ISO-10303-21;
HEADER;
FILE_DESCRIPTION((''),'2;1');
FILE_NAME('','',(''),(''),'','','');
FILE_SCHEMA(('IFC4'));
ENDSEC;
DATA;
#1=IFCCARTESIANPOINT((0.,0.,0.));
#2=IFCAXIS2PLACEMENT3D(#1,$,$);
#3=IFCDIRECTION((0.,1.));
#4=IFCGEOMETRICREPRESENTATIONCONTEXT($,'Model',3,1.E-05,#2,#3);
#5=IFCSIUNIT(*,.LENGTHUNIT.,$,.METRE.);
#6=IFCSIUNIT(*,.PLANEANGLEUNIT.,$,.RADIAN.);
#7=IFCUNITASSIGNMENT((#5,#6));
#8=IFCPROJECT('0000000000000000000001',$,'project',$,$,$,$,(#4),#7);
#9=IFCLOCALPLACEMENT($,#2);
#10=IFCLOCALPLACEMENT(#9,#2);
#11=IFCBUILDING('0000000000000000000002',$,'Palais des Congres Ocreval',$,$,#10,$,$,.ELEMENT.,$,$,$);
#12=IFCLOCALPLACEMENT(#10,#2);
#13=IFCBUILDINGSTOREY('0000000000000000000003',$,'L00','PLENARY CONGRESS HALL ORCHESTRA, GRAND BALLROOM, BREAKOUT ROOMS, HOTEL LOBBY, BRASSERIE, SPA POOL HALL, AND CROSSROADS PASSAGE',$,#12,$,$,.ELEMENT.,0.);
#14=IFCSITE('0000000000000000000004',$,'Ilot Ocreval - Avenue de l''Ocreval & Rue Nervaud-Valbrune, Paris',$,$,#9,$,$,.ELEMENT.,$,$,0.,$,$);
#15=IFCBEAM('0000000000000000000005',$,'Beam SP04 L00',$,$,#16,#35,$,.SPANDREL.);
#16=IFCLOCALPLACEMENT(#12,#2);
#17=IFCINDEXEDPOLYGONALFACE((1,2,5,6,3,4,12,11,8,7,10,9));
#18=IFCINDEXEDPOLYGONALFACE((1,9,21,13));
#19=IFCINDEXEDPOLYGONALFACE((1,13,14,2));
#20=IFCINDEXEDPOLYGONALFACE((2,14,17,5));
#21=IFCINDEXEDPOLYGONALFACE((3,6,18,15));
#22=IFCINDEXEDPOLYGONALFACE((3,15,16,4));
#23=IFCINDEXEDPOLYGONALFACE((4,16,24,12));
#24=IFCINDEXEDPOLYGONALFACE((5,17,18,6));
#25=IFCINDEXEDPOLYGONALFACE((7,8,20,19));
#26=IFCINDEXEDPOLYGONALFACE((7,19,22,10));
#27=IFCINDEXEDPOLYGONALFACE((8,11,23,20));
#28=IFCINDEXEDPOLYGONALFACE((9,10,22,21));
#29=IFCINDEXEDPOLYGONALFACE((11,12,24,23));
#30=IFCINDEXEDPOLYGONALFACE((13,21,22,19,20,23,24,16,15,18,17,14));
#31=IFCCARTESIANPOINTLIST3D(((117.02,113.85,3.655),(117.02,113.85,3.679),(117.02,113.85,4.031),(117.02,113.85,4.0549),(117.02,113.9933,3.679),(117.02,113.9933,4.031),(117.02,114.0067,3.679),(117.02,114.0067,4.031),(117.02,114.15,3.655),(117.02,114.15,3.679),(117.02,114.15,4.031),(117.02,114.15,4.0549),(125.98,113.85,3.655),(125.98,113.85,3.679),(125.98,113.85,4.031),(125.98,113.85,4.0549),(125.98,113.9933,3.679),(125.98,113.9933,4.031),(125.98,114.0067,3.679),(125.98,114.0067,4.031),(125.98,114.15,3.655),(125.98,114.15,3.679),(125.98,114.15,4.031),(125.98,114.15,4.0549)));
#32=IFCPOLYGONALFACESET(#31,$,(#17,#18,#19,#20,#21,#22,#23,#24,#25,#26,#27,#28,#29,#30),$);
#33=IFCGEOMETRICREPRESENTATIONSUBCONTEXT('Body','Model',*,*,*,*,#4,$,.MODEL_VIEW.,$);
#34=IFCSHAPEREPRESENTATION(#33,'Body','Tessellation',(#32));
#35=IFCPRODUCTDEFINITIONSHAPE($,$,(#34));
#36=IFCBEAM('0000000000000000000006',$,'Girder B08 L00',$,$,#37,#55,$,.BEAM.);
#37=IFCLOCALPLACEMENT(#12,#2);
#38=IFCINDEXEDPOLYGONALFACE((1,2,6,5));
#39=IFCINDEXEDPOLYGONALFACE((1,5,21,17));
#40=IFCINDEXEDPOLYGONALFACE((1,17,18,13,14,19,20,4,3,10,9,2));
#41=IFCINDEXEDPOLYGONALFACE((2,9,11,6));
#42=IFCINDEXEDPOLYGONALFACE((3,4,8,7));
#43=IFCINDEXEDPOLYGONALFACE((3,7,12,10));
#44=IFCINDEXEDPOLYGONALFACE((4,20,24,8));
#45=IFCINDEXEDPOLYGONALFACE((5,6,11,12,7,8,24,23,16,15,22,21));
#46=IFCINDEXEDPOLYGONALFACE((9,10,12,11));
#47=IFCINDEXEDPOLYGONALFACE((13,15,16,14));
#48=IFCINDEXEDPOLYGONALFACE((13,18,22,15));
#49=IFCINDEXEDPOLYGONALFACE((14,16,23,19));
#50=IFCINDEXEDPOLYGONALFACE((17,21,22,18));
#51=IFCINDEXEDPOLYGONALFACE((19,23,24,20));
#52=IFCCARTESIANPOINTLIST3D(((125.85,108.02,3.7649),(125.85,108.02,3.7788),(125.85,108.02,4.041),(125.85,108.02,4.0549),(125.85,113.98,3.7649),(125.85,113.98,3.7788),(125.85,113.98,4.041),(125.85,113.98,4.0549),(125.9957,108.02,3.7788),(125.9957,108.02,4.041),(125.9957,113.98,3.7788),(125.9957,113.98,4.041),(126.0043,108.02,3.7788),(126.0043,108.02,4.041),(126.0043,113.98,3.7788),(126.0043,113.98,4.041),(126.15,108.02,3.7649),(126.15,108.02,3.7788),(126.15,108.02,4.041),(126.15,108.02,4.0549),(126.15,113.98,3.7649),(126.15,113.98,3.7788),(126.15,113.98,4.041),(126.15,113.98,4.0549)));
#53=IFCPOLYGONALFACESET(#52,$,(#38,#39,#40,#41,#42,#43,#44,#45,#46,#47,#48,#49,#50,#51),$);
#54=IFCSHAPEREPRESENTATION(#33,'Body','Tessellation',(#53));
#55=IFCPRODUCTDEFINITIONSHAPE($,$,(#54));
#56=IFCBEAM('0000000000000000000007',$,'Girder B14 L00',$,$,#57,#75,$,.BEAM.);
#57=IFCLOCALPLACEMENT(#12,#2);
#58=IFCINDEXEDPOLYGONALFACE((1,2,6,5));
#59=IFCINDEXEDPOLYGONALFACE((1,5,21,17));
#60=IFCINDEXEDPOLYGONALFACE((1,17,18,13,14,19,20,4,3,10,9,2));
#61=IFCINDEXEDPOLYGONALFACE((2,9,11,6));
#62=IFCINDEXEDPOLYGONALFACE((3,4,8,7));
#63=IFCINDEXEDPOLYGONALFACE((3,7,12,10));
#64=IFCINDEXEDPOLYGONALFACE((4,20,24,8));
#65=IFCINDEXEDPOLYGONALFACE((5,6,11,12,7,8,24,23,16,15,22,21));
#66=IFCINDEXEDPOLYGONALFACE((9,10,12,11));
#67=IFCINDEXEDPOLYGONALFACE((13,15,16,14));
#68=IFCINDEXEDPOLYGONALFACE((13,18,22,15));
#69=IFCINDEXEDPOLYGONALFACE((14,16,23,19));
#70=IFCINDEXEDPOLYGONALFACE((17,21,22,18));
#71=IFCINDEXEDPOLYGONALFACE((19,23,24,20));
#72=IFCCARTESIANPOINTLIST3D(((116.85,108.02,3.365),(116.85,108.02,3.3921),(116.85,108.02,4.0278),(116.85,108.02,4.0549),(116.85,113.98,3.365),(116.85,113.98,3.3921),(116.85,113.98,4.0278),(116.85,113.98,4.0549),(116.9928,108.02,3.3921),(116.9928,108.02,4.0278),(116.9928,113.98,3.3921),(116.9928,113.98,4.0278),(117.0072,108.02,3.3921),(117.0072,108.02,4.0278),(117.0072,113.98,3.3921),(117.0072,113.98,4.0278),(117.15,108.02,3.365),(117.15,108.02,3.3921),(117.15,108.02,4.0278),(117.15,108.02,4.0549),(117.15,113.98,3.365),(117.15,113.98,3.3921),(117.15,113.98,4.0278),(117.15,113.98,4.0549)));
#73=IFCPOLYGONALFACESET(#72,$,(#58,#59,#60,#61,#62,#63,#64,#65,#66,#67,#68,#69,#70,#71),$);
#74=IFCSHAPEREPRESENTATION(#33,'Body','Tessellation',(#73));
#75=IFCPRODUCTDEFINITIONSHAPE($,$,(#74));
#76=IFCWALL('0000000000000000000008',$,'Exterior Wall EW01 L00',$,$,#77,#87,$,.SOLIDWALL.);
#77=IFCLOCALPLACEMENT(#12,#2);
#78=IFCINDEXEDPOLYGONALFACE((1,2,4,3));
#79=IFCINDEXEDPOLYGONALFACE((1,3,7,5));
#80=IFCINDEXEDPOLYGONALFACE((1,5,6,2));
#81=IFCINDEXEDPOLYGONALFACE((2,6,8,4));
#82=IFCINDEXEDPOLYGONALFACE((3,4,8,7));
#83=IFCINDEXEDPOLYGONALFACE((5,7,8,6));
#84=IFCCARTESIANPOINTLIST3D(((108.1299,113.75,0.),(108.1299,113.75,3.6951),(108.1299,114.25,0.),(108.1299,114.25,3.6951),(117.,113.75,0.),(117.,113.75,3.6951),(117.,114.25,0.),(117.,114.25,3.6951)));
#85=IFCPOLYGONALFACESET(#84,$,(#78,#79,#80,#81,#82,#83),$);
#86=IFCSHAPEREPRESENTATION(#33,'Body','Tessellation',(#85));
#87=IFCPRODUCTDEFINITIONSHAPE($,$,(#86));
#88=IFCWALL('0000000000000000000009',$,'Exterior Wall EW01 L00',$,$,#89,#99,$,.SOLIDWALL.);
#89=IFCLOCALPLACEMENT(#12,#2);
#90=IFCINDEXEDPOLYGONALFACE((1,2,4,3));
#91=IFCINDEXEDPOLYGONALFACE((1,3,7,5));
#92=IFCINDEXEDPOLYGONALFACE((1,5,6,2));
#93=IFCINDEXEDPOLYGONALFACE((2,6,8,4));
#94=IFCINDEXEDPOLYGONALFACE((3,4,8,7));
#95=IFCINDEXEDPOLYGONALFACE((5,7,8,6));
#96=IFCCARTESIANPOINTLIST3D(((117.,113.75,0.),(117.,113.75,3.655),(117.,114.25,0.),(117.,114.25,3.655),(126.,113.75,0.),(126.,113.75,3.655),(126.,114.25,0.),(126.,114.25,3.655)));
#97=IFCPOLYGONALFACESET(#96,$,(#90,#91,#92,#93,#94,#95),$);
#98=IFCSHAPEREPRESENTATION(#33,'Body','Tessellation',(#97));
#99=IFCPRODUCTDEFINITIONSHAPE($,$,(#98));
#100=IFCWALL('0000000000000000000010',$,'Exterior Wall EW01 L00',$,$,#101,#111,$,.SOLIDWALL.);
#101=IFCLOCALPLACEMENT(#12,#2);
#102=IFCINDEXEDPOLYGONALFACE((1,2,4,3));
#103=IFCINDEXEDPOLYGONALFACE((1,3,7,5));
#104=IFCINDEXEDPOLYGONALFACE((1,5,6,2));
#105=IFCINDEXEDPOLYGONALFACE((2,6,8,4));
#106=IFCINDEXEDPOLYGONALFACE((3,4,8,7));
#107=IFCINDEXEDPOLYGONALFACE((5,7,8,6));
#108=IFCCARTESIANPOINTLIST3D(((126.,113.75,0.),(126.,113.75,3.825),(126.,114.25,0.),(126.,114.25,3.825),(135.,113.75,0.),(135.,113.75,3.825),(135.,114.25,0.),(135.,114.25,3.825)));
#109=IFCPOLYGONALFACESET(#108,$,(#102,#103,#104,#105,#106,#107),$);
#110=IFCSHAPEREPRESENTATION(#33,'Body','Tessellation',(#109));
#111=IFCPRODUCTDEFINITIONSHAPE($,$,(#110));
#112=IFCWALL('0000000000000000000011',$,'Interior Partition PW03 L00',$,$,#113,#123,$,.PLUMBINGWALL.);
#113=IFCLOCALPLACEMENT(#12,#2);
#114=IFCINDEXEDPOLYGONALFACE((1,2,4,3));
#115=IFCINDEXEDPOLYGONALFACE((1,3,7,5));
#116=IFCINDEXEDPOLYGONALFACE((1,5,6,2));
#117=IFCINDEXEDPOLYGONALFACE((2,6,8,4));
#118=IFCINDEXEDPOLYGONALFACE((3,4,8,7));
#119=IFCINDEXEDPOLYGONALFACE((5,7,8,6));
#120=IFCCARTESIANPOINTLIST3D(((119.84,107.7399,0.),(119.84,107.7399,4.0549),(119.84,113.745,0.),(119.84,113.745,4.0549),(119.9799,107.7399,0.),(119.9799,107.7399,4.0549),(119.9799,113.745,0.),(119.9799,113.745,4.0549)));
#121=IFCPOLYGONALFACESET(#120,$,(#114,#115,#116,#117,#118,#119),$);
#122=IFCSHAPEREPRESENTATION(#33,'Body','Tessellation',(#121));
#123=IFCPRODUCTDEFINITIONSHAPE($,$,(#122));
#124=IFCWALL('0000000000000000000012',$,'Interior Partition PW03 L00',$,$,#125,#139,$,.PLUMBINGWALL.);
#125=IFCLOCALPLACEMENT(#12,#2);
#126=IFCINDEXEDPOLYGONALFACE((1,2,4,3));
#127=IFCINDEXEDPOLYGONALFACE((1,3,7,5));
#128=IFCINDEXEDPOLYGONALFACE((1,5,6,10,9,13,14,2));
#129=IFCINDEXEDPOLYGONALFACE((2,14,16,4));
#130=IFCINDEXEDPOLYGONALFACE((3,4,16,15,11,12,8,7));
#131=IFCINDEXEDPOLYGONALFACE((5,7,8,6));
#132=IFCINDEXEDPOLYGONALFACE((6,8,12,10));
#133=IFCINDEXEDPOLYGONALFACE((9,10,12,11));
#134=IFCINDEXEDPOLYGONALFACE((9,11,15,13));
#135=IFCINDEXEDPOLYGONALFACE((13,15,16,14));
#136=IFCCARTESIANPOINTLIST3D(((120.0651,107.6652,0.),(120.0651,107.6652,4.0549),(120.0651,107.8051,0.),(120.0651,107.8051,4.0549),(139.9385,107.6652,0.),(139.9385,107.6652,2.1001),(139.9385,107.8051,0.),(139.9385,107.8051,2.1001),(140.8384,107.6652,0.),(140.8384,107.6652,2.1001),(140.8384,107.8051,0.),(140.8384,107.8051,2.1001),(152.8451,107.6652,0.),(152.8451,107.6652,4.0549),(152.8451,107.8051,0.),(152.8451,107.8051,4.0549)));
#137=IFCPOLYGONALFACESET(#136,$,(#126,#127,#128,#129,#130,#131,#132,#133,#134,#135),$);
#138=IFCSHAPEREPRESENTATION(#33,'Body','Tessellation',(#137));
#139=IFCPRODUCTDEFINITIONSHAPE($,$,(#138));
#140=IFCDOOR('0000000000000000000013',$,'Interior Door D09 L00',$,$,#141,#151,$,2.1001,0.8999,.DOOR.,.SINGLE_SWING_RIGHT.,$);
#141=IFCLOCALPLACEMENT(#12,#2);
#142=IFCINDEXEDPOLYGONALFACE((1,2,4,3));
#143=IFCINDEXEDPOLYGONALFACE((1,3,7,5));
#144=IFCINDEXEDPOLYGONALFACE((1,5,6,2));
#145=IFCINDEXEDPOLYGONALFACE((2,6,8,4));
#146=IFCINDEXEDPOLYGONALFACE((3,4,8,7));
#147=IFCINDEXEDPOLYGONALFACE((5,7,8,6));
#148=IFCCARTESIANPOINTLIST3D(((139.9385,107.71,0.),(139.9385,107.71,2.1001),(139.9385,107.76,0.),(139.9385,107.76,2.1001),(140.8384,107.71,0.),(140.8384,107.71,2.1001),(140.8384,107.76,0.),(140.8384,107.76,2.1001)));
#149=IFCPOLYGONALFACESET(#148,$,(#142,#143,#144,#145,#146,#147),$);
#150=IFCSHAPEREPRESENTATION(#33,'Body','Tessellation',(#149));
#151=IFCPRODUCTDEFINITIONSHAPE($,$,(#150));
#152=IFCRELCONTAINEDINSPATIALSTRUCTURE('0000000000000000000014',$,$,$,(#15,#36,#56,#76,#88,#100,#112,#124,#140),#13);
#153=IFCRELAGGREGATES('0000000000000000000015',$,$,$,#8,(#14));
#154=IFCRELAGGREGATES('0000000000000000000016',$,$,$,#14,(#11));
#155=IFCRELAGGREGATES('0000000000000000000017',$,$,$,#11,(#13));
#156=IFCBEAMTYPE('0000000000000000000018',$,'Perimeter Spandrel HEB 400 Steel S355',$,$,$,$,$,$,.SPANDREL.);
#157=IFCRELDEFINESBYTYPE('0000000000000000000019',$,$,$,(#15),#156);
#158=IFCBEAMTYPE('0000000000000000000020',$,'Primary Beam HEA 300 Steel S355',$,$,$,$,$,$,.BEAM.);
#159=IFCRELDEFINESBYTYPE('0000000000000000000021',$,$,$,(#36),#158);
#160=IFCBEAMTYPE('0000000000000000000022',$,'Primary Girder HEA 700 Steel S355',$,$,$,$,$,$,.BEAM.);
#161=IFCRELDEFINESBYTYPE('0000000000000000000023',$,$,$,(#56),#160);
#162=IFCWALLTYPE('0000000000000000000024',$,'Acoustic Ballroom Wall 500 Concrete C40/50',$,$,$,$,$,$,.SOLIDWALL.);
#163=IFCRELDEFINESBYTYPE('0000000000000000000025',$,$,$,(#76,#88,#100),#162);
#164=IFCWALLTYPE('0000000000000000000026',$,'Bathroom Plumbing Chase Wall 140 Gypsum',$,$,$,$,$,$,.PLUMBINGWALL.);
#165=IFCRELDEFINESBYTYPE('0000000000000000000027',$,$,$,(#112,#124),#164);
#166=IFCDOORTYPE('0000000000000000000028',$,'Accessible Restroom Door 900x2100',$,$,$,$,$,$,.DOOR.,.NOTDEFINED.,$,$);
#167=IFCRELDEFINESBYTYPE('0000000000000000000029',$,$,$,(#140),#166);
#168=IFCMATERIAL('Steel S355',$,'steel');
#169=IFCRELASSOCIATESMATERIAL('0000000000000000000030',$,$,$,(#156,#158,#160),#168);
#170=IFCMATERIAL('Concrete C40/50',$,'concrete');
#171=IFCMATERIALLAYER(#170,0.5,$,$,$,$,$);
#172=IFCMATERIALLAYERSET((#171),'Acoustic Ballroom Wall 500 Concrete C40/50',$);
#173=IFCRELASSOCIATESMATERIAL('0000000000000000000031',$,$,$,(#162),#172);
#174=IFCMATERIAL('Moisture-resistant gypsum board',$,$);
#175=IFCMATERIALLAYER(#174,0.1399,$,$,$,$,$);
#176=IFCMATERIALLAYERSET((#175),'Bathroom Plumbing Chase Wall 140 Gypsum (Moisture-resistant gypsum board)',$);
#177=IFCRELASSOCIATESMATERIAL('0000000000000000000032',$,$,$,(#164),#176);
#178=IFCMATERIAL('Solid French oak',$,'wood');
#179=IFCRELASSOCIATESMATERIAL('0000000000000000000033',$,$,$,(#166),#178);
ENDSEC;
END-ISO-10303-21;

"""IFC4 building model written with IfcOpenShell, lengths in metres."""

from ifc_helpers import new_model, si_unit, direction, frame, frame_2d, origin, origin_2d, place, context, subcontext, project, spatial, rectangle, i_section, extrude, material, layer, layer_set, material_profile, profile_set, type_object, element, fill, save


model = new_model("IFC4")

# Units and contexts
model_context = context("Model", 3, precision=1e-05, world=origin(), true_north=direction((0.0, 1.0)))
body_context = subcontext(model_context, "Body", "Model", "MODEL_VIEW")
ifc_project = project(units=[si_unit("LENGTHUNIT", "METRE"), si_unit("PLANEANGLEUNIT", "RADIAN")], contexts=[model_context])

# Site, building, storey
site_placement = place(None, origin())
site = spatial("IfcSite", under=ifc_project, at=site_placement, Name="Ilot Ocreval - Avenue de l'Ocreval & Rue Nervaud-Valbrune, Paris", CompositionType="ELEMENT", RefElevation=0.0)
building_placement = place(site_placement, origin())
building = spatial("IfcBuilding", under=site, at=building_placement, Name="Palais des Congres Ocreval", CompositionType="ELEMENT")
storey_placement = place(building_placement, origin())
storey = spatial("IfcBuildingStorey", under=building, at=storey_placement, Name="L00", Description="PLENARY CONGRESS HALL ORCHESTRA, GRAND BALLROOM, BREAKOUT ROOMS, HOTEL LOBBY, BRASSERIE, SPA POOL HALL, AND CROSSROADS PASSAGE", CompositionType="ELEMENT", Elevation=0.0)

# Shared definitions
ifc_material_1 = material(Name="Steel S355", Category="steel")

# Beams
ifc_material_profile_1 = material_profile(ifc_material_1, i_section(OverallWidth=0.3, OverallDepth=0.3999, WebThickness=0.0134, FlangeThickness=0.0239, at=origin_2d()), Name="HEB 400")
ifc_profile_set_1 = profile_set([ifc_material_profile_1], Name="Steel S355")
beam_type_1 = type_object("IfcBeamType", Name="Perimeter Spandrel HEB 400 Steel S355", PredefinedType="SPANDREL", material=ifc_profile_set_1)
beam_1_placement = place(storey_placement, frame((117.02, 114.0, 3.855), z_axis=(1.0, 0.0, 0.0), x_axis=(0.0, 1.0, 0.0)))
element("IfcBeam", 1, at=beam_1_placement, inside=storey, type_object=beam_type_1, Name="Beam SP04 L00", PredefinedType="SPANDREL", context=body_context, shape_type="SweptSolid", body=[
    extrude(i_section(OverallWidth=0.3, OverallDepth=0.3999, WebThickness=0.0134, FlangeThickness=0.0239, at=origin_2d()), origin(), (0.0, 0.0, 1.0), 8.96),
])
ifc_material_profile_2 = material_profile(ifc_material_1, i_section(OverallWidth=0.3, OverallDepth=0.29, WebThickness=0.0085, FlangeThickness=0.0139, at=origin_2d()), Name="HEA 300")
ifc_profile_set_2 = profile_set([ifc_material_profile_2], Name="Steel S355")
beam_type_2 = type_object("IfcBeamType", Name="Primary Beam HEA 300 Steel S355", PredefinedType="BEAM", material=ifc_profile_set_2)
beam_2_placement = place(storey_placement, frame((126.0, 108.02, 3.9099), z_axis=(0.0, 1.0, 0.0), x_axis=(-1.0, 0.0, 0.0)))
element("IfcBeam", 2, at=beam_2_placement, inside=storey, type_object=beam_type_2, Name="Girder B08 L00", PredefinedType="BEAM", context=body_context, shape_type="SweptSolid", body=[
    extrude(i_section(OverallWidth=0.3, OverallDepth=0.29, WebThickness=0.0085, FlangeThickness=0.0139, at=origin_2d()), origin(), (0.0, 0.0, 1.0), 5.96),
])
ifc_material_profile_3 = material_profile(ifc_material_1, i_section(OverallWidth=0.3, OverallDepth=0.6899, WebThickness=0.0144, FlangeThickness=0.0271, at=origin_2d()), Name="HEA 700")
ifc_profile_set_3 = profile_set([ifc_material_profile_3], Name="Steel S355")
beam_type_3 = type_object("IfcBeamType", Name="Primary Girder HEA 700 Steel S355", PredefinedType="BEAM", material=ifc_profile_set_3)
beam_3_placement = place(storey_placement, frame((117.0, 108.02, 3.71), z_axis=(0.0, 1.0, 0.0), x_axis=(-1.0, 0.0, 0.0)))
element("IfcBeam", 3, at=beam_3_placement, inside=storey, type_object=beam_type_3, Name="Girder B14 L00", PredefinedType="BEAM", context=body_context, shape_type="SweptSolid", body=[
    extrude(i_section(OverallWidth=0.3, OverallDepth=0.6899, WebThickness=0.0144, FlangeThickness=0.0271, at=origin_2d()), origin(), (0.0, 0.0, 1.0), 5.96),
])

# Walls
ifc_material_2 = material(Name="Concrete C40/50", Category="concrete")
ifc_layer_1 = layer(ifc_material_2, 0.5)
ifc_layer_set_1 = layer_set([ifc_layer_1], Name="Acoustic Ballroom Wall 500 Concrete C40/50")
wall_type_1 = type_object("IfcWallType", Name="Acoustic Ballroom Wall 500 Concrete C40/50", PredefinedType="SOLIDWALL", material=ifc_layer_set_1)
wall_1_placement = place(storey_placement, frame((108.1299, 114.0, 0.0), z_axis=(0.0, 0.0, 1.0), x_axis=(1.0, 0.0, 0.0)))
element("IfcWall", 4, at=wall_1_placement, inside=storey, type_object=wall_type_1, Name="Exterior Wall EW01 L00", PredefinedType="SOLIDWALL", context=body_context, shape_type="SweptSolid", body=[
    extrude(rectangle(XDim=8.8701, YDim=0.5, at=frame_2d((4.4351, 0.0))), origin(), (0.0, 0.0, 1.0), 3.6951),
])
wall_2_placement = place(storey_placement, frame((117.0, 114.0, 0.0), z_axis=(0.0, 0.0, 1.0), x_axis=(1.0, 0.0, 0.0)))
element("IfcWall", 5, at=wall_2_placement, inside=storey, type_object=wall_type_1, Name="Exterior Wall EW01 L00", PredefinedType="SOLIDWALL", context=body_context, shape_type="SweptSolid", body=[
    extrude(rectangle(XDim=9.0, YDim=0.5, at=frame_2d((4.5, 0.0))), origin(), (0.0, 0.0, 1.0), 3.655),
])
wall_3_placement = place(storey_placement, frame((126.0, 114.0, 0.0), z_axis=(0.0, 0.0, 1.0), x_axis=(1.0, 0.0, 0.0)))
element("IfcWall", 6, at=wall_3_placement, inside=storey, type_object=wall_type_1, Name="Exterior Wall EW01 L00", PredefinedType="SOLIDWALL", context=body_context, shape_type="SweptSolid", body=[
    extrude(rectangle(XDim=9.0, YDim=0.5, at=frame_2d((4.5, 0.0))), origin(), (0.0, 0.0, 1.0), 3.825),
])
ifc_material_3 = material(Name="Moisture-resistant gypsum board")
ifc_layer_2 = layer(ifc_material_3, 0.1399)
ifc_layer_set_2 = layer_set([ifc_layer_2], Name="Bathroom Plumbing Chase Wall 140 Gypsum (Moisture-resistant gypsum board)")
wall_type_2 = type_object("IfcWallType", Name="Bathroom Plumbing Chase Wall 140 Gypsum", PredefinedType="PLUMBINGWALL", material=ifc_layer_set_2)
wall_4_placement = place(storey_placement, frame((119.9099, 107.74, 0.0), z_axis=(0.0, 0.0, 1.0), x_axis=(0.0, 1.0, 0.0)))
element("IfcWall", 7, at=wall_4_placement, inside=storey, type_object=wall_type_2, Name="Interior Partition PW03 L00", PredefinedType="PLUMBINGWALL", context=body_context, shape_type="SweptSolid", body=[
    extrude(rectangle(XDim=6.0051, YDim=0.1399, at=frame_2d((3.0024, 0.0))), origin(), (0.0, 0.0, 1.0), 4.0549),
])

# Wall, opening, door
wall_5_placement = place(storey_placement, frame((120.0649, 107.7351, 0.0), z_axis=(0.0, 0.0, 1.0), x_axis=(1.0, 0.0, 0.0)))
wall_5 = element("IfcWall", 8, at=wall_5_placement, inside=storey, type_object=wall_type_2, Name="Interior Partition PW03 L00", PredefinedType="PLUMBINGWALL", context=body_context, shape_type="SweptSolid", body=[
    extrude(rectangle(XDim=32.78, YDim=0.1399, at=frame_2d((16.3901, 0.0))), origin(), (0.0, 0.0, 1.0), 4.0549),
])
opening_1_placement = place(wall_5_placement, frame((19.8735, 0.0, 0.0)))
opening_1 = element("IfcOpeningElement", 9, at=opening_1_placement, cuts=wall_5, PredefinedType="OPENING", context=body_context, shape_type="SweptSolid", body=[
    extrude(rectangle(XDim=0.8999, YDim=2.1001, at=frame_2d((0.45, 1.05))), frame((0.0, 0.0798, 0.0), z_axis=(0.0, -1.0, 0.0), x_axis=(1.0, 0.0, 0.0)), (0.0, 0.0, 1.0), 0.1599),
])
ifc_material_4 = material(Name="Solid French oak", Category="wood")
door_type_1 = type_object("IfcDoorType", Name="Accessible Restroom Door 900x2100", OperationType="NOTDEFINED", PredefinedType="DOOR", material=ifc_material_4)
door_1_placement = place(opening_1_placement, origin())
door_1 = element("IfcDoor", 10, at=door_1_placement, inside=storey, type_object=door_type_1, Name="Interior Door D09 L00", OperationType="SINGLE_SWING_RIGHT", OverallHeight=2.1001, OverallWidth=0.8999, PredefinedType="DOOR", context=body_context, shape_type="SweptSolid", body=[
    extrude(rectangle(XDim=0.8999, YDim=2.1001, at=frame_2d((0.45, 1.05))), frame((0.0, 0.0249, 0.0), z_axis=(0.0, -1.0, 0.0), x_axis=(1.0, 0.0, 0.0)), (0.0, 0.0, 1.0), 0.05),
])
fill(opening_1, door_1)

save(model, "model.ifc")
